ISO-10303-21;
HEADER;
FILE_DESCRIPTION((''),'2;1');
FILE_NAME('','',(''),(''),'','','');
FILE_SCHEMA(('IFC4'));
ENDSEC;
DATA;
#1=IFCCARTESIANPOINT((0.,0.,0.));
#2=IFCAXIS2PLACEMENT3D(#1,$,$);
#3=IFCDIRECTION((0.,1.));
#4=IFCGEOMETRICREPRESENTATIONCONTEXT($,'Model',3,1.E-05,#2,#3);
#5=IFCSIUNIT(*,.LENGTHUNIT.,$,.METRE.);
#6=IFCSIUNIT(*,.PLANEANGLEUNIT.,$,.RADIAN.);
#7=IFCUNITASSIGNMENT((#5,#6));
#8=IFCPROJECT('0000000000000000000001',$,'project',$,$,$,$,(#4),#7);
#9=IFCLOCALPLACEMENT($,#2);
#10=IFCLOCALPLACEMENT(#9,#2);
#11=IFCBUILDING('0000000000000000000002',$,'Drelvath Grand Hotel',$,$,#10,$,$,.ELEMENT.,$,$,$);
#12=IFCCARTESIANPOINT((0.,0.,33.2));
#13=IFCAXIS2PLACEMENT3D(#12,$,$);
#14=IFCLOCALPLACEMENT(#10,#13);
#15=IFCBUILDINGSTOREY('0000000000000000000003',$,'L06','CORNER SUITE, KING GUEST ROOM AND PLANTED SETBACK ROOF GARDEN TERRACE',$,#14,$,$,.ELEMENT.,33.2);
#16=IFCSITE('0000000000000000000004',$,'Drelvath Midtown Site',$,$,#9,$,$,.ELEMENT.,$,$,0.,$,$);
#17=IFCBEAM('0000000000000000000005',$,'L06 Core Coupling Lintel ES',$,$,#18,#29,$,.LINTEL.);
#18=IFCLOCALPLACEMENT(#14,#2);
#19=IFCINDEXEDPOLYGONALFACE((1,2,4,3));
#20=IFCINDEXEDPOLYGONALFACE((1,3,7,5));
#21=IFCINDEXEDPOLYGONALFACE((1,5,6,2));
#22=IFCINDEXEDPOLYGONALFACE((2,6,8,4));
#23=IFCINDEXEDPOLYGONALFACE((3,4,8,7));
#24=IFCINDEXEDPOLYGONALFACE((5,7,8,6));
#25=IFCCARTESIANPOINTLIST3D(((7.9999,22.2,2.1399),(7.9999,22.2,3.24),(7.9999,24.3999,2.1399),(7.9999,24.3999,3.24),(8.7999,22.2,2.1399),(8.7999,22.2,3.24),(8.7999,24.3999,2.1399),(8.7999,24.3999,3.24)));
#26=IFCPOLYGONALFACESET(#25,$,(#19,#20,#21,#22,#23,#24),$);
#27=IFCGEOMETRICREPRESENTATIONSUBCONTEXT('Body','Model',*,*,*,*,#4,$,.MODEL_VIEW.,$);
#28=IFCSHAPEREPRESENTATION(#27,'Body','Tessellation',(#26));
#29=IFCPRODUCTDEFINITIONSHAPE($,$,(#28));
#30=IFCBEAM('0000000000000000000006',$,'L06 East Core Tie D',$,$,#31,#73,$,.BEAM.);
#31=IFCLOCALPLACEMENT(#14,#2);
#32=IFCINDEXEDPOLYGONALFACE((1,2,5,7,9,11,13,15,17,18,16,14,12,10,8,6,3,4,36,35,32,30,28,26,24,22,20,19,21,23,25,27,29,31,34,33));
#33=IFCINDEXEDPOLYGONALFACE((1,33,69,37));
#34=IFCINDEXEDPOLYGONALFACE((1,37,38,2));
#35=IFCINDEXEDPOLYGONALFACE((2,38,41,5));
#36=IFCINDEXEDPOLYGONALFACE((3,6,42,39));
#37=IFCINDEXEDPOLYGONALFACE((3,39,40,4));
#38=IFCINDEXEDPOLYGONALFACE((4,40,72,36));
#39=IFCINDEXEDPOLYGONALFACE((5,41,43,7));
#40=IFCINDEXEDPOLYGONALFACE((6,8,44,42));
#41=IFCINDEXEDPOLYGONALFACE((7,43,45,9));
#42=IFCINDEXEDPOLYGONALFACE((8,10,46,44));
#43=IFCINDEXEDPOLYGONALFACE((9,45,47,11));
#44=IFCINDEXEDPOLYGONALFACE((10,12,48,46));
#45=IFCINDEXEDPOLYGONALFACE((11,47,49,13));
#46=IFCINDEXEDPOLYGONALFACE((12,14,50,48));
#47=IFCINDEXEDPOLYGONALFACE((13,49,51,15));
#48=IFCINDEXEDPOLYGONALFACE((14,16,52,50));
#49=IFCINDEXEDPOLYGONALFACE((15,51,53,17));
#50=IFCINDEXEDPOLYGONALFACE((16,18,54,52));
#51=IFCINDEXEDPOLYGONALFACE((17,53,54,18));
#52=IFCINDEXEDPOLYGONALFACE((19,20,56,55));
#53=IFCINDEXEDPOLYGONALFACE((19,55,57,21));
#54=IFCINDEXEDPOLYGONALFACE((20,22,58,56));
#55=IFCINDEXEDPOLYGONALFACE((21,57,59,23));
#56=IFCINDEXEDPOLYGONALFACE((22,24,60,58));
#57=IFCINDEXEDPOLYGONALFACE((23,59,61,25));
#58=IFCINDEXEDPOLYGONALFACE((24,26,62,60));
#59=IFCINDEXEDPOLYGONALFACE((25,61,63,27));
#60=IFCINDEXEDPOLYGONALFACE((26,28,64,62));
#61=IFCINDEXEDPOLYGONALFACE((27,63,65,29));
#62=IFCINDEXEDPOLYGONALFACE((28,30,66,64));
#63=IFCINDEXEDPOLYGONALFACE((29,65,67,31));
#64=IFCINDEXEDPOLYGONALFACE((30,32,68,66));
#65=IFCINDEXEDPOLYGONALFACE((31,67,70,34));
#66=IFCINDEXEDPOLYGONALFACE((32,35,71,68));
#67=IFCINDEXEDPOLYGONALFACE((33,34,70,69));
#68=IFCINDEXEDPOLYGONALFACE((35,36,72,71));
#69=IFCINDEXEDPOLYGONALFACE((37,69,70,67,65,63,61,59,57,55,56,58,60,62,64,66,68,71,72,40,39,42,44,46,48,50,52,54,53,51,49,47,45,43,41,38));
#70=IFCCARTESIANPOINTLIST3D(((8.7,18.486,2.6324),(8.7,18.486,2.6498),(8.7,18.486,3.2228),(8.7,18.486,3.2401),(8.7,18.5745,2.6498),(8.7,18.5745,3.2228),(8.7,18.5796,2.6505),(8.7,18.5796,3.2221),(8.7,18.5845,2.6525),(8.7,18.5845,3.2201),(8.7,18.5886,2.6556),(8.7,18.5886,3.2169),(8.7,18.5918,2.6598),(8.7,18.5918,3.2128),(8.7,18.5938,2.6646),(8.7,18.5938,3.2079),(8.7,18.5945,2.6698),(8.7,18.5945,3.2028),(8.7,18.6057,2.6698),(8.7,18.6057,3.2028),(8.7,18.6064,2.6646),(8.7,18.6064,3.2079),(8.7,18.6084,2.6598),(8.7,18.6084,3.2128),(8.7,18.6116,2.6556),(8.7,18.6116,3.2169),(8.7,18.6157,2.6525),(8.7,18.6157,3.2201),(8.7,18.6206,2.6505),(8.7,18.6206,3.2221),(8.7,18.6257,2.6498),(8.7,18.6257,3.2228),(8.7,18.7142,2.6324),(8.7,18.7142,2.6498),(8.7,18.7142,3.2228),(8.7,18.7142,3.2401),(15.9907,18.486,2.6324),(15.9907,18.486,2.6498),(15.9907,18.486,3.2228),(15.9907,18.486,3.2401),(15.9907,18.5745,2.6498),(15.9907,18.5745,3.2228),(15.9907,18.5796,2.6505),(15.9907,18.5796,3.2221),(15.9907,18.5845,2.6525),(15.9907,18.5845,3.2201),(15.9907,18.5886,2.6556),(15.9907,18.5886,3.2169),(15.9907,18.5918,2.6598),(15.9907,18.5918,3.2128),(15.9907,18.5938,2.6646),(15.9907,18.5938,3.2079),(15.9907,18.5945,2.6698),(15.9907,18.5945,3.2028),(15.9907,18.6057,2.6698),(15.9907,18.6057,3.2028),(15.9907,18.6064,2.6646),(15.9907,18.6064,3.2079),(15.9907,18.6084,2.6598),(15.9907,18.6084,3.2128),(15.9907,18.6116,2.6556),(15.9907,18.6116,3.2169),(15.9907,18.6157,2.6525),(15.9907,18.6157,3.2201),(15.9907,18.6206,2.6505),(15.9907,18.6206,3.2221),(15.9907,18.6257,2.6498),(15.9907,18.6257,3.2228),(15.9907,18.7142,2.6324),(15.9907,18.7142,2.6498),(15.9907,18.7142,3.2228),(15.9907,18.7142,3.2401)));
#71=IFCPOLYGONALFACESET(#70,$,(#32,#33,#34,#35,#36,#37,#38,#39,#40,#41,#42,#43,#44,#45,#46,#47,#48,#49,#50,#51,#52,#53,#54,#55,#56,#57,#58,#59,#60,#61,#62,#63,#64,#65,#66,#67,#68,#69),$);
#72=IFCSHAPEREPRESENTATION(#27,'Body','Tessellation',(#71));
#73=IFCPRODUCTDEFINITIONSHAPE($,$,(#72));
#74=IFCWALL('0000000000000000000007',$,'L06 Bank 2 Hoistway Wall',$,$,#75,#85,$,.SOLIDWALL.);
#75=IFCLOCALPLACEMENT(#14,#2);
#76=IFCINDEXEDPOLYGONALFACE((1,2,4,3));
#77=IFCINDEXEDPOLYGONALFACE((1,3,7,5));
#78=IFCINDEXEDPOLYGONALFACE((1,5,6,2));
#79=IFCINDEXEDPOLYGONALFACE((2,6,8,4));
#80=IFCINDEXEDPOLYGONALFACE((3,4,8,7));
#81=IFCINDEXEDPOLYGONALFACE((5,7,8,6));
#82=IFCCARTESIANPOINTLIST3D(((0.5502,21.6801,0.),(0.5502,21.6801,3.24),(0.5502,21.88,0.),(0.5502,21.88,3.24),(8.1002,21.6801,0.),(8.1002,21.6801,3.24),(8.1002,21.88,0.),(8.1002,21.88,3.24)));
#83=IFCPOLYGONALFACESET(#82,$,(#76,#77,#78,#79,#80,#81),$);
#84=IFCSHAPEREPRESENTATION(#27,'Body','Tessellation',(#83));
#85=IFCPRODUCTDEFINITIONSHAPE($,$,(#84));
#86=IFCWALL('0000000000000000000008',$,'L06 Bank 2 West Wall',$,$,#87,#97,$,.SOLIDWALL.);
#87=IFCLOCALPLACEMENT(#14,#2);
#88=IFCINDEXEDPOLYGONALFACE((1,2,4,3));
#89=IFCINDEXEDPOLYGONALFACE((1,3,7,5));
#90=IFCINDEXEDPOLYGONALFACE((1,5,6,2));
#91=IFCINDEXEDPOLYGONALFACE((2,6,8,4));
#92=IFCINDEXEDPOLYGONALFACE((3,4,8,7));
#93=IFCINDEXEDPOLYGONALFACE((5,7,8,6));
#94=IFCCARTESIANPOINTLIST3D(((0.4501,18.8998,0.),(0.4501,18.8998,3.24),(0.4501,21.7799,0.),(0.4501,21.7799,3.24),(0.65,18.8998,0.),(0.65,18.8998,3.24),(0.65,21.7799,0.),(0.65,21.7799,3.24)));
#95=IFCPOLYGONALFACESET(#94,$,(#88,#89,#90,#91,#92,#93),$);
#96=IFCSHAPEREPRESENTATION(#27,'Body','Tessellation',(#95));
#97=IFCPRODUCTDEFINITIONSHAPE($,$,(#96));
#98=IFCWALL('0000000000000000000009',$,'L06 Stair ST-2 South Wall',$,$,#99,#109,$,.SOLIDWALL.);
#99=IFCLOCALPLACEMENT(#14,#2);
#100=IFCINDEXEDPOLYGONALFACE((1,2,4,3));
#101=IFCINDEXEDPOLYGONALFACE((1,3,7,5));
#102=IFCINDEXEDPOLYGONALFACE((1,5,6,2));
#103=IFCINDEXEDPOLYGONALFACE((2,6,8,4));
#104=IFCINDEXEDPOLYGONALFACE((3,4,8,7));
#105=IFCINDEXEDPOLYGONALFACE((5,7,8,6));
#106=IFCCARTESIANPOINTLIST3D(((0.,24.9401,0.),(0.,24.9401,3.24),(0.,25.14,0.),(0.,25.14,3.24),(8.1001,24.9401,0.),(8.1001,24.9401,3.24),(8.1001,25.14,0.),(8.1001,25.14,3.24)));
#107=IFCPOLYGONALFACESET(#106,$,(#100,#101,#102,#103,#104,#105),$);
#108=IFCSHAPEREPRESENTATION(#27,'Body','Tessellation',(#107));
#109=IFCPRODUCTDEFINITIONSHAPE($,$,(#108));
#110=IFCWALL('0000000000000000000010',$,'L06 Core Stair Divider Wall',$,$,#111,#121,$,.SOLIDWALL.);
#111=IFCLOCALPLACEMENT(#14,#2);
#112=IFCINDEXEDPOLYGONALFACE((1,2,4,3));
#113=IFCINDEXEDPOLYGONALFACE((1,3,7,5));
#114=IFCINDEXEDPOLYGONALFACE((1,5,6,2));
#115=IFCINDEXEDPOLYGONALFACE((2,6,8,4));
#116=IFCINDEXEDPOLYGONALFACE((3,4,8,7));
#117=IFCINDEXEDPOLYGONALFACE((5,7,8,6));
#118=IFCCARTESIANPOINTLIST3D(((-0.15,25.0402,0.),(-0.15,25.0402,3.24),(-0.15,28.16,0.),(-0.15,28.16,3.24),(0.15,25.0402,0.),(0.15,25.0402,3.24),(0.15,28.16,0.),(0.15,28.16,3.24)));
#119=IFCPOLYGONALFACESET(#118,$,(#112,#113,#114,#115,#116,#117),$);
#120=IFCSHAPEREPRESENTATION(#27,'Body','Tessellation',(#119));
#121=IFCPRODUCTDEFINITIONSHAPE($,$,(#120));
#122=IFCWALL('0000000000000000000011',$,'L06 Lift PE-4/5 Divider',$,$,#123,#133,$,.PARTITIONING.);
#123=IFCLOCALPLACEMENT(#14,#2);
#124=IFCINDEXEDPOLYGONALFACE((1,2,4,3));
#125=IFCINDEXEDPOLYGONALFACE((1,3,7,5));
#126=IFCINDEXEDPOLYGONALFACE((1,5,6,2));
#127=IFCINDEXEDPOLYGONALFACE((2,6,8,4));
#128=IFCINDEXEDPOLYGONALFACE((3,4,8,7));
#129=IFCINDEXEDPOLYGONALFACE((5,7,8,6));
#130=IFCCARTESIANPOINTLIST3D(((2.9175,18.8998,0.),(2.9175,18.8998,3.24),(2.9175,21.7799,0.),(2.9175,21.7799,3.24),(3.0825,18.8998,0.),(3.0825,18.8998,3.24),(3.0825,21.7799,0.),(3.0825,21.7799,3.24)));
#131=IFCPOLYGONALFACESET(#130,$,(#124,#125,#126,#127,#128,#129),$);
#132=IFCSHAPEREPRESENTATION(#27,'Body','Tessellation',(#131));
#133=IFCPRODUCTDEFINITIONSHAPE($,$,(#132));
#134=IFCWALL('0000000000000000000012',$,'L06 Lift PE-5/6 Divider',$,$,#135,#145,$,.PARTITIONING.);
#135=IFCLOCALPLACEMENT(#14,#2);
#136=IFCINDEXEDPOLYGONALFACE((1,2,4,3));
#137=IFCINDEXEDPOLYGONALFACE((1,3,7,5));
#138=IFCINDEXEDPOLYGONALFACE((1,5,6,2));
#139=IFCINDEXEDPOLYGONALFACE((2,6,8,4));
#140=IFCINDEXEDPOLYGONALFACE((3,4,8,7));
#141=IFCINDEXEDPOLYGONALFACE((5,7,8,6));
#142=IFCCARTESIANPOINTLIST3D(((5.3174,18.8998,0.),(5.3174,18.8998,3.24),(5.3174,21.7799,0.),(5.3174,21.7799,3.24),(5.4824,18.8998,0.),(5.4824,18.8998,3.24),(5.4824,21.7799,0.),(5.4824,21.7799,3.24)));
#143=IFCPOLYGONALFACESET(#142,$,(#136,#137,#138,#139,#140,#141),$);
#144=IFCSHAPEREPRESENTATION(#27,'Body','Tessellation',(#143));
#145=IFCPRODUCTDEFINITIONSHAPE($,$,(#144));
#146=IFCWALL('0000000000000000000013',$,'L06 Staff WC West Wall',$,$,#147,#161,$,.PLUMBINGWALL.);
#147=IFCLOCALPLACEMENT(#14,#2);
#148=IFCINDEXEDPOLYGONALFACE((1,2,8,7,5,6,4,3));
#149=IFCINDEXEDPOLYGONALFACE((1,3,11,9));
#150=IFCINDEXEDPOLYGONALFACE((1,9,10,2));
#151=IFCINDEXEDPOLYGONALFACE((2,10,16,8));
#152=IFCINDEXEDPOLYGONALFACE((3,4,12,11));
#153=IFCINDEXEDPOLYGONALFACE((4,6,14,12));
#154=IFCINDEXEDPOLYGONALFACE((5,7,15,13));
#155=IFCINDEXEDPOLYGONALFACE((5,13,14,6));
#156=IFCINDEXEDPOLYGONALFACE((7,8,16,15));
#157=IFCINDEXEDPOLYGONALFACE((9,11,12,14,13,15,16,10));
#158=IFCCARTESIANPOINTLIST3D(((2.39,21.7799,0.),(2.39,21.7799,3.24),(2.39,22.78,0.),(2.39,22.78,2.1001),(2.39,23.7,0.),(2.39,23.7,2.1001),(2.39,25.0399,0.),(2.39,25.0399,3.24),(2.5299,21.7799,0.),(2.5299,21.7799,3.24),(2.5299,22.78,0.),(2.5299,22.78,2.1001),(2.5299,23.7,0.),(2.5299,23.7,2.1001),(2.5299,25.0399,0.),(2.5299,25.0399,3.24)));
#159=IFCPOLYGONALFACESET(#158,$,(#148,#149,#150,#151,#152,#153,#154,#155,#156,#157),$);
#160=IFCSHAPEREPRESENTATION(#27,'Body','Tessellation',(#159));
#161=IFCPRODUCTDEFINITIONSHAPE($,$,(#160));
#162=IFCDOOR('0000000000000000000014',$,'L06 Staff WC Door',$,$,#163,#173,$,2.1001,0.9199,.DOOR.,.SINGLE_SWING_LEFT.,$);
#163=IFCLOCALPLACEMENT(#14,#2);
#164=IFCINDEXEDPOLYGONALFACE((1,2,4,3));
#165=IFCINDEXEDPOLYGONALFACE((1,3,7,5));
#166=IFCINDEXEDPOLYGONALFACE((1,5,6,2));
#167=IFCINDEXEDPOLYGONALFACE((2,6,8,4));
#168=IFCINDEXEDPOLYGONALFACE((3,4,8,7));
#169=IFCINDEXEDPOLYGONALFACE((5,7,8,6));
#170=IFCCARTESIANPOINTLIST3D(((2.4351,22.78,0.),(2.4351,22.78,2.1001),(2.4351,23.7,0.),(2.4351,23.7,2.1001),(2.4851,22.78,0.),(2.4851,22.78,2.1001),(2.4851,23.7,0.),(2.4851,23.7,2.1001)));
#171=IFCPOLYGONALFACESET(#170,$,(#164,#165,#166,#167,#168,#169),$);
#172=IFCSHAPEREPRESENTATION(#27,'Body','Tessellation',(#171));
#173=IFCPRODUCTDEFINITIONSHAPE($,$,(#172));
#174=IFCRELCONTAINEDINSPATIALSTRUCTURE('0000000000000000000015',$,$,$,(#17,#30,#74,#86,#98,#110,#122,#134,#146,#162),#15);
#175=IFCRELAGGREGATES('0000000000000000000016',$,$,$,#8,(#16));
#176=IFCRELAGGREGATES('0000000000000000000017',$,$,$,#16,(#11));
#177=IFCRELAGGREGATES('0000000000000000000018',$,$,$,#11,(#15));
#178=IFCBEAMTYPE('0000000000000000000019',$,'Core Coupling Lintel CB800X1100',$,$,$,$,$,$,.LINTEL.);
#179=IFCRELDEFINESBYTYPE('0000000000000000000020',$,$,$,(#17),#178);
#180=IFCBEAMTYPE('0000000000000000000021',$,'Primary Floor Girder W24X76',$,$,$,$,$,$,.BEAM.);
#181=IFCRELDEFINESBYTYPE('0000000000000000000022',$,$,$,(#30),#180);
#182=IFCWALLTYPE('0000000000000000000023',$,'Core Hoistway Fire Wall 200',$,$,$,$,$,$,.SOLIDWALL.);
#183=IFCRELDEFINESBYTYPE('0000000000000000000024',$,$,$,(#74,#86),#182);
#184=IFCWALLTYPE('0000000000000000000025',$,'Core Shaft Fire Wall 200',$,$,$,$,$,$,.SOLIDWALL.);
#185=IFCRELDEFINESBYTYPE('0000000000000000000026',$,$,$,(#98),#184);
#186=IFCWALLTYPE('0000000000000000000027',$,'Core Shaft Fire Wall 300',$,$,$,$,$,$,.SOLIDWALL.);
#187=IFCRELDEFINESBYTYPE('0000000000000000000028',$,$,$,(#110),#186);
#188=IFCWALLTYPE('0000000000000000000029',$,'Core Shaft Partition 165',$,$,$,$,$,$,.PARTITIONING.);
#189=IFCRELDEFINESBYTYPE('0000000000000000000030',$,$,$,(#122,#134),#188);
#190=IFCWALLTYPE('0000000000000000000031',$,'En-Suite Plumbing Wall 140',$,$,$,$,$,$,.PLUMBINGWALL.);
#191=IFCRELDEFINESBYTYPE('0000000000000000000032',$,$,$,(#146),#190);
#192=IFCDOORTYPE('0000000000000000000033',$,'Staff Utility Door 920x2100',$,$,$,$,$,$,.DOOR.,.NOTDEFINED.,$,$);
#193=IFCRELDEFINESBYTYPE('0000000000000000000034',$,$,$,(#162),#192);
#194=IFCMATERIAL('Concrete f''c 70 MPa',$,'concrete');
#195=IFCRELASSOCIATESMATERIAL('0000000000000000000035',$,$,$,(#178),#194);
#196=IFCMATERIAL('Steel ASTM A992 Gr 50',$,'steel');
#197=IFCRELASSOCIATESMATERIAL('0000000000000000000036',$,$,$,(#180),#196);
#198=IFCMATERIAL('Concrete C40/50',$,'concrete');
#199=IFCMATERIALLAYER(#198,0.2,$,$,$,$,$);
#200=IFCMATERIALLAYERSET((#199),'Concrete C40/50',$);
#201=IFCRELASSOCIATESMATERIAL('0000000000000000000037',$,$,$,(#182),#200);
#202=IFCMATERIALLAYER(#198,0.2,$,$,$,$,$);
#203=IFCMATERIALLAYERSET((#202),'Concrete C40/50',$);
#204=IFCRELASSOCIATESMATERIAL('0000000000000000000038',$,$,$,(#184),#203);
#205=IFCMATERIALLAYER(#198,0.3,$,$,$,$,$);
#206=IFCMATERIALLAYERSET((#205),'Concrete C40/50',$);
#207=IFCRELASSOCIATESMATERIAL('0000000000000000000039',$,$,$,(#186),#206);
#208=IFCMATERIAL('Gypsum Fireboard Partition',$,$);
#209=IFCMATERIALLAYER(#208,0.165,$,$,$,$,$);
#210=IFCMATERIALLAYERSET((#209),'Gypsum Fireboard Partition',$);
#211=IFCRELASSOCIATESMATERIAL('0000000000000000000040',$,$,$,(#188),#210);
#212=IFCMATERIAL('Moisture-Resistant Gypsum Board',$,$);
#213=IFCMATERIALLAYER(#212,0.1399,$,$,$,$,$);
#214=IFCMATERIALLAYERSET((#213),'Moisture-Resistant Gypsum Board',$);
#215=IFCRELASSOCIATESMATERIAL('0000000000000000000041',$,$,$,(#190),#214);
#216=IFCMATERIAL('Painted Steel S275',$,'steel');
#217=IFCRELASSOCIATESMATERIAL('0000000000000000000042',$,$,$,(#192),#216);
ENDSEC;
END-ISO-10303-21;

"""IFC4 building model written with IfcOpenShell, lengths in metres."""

from ifc_helpers import new_model, si_unit, direction, frame, frame_2d, origin, origin_2d, place, context, subcontext, project, spatial, rectangle, i_section, extrude, material, layer, layer_set, material_profile, profile_set, type_object, element, fill, save


model = new_model("IFC4")

# Units and contexts
model_context = context("Model", 3, precision=1e-05, world=origin(), true_north=direction((0.0, 1.0)))
body_context = subcontext(model_context, "Body", "Model", "MODEL_VIEW")
ifc_project = project(units=[si_unit("LENGTHUNIT", "METRE"), si_unit("PLANEANGLEUNIT", "RADIAN")], contexts=[model_context])

# Site, building, storey
site_placement = place(None, origin())
site = spatial("IfcSite", under=ifc_project, at=site_placement, Name="Drelvath Midtown Site", CompositionType="ELEMENT", RefElevation=0.0)
building_placement = place(site_placement, origin())
building = spatial("IfcBuilding", under=site, at=building_placement, Name="Drelvath Grand Hotel", CompositionType="ELEMENT")
storey_placement = place(building_placement, frame((0.0, 0.0, 33.2)))
storey = spatial("IfcBuildingStorey", under=building, at=storey_placement, Name="L06", Description="CORNER SUITE, KING GUEST ROOM AND PLANTED SETBACK ROOF GARDEN TERRACE", CompositionType="ELEMENT", Elevation=33.2)

# Beams
ifc_material_1 = material(Name="Concrete f'c 70 MPa", Category="concrete")
ifc_material_profile_1 = material_profile(ifc_material_1, rectangle(XDim=0.8, YDim=1.1001, at=origin_2d()), Name="CB800X1100")
ifc_profile_set_1 = profile_set([ifc_material_profile_1], Name="Concrete f'c 70 MPa")
beam_type_1 = type_object("IfcBeamType", Name="Core Coupling Lintel CB800X1100", PredefinedType="LINTEL", material=ifc_profile_set_1)
beam_1_placement = place(storey_placement, frame((8.3999, 22.2, 2.6899), z_axis=(0.0, 1.0, 0.0), x_axis=(-1.0, 0.0, 0.0)))
element("IfcBeam", 1, at=beam_1_placement, inside=storey, type_object=beam_type_1, Name="L06 Core Coupling Lintel ES", PredefinedType="LINTEL", context=body_context, shape_type="SweptSolid", body=[
    extrude(rectangle(XDim=0.8, YDim=1.1001, at=origin_2d()), origin(), (0.0, 0.0, 1.0), 2.2),
])
ifc_material_2 = material(Name="Steel ASTM A992 Gr 50", Category="steel")
ifc_material_profile_2 = material_profile(ifc_material_2, i_section(OverallWidth=0.2283, OverallDepth=0.6077, WebThickness=0.0112, FlangeThickness=0.0173, FilletRadius=0.02, at=origin_2d()), Name="W24X76")
ifc_profile_set_2 = profile_set([ifc_material_profile_2], Name="Steel ASTM A992 Gr 50")
beam_type_2 = type_object("IfcBeamType", Name="Primary Floor Girder W24X76", PredefinedType="BEAM", material=ifc_profile_set_2)
beam_2_placement = place(storey_placement, frame((8.7, 18.6001, 2.9363), z_axis=(1.0, 0.0, 0.0), x_axis=(0.0, 1.0, 0.0)))
element("IfcBeam", 2, at=beam_2_placement, inside=storey, type_object=beam_type_2, Name="L06 East Core Tie D", PredefinedType="BEAM", context=body_context, shape_type="SweptSolid", body=[
    extrude(i_section(OverallWidth=0.2283, OverallDepth=0.6077, WebThickness=0.0112, FlangeThickness=0.0173, FilletRadius=0.02, at=origin_2d()), origin(), (0.0, 0.0, 1.0), 7.2908),
])

# Walls
ifc_material_3 = material(Name="Concrete C40/50", Category="concrete")
ifc_layer_1 = layer(ifc_material_3, 0.2)
ifc_layer_set_1 = layer_set([ifc_layer_1], Name="Concrete C40/50")
wall_type_1 = type_object("IfcWallType", Name="Core Hoistway Fire Wall 200", PredefinedType="SOLIDWALL", material=ifc_layer_set_1)
wall_1_placement = place(storey_placement, frame((8.1001, 21.78, 0.0), z_axis=(0.0, 0.0, 1.0), x_axis=(-1.0, 0.0, 0.0)))
element("IfcWall", 3, at=wall_1_placement, inside=storey, type_object=wall_type_1, Name="L06 Bank 2 Hoistway Wall", PredefinedType="SOLIDWALL", context=body_context, shape_type="SweptSolid", body=[
    extrude(rectangle(XDim=7.55, YDim=0.2, at=frame_2d((3.7749, 0.0))), origin(), (0.0, 0.0, 1.0), 3.24),
])
wall_2_placement = place(storey_placement, frame((0.55, 18.8999, 0.0), z_axis=(0.0, 0.0, 1.0), x_axis=(0.0, 1.0, 0.0)))
element("IfcWall", 4, at=wall_2_placement, inside=storey, type_object=wall_type_1, Name="L06 Bank 2 West Wall", PredefinedType="SOLIDWALL", context=body_context, shape_type="SweptSolid", body=[
    extrude(rectangle(XDim=2.8801, YDim=0.2, at=frame_2d((1.4399, 0.0))), origin(), (0.0, 0.0, 1.0), 3.24),
])
ifc_layer_2 = layer(ifc_material_3, 0.2)
ifc_layer_set_2 = layer_set([ifc_layer_2], Name="Concrete C40/50")
wall_type_2 = type_object("IfcWallType", Name="Core Shaft Fire Wall 200", PredefinedType="SOLIDWALL", material=ifc_layer_set_2)
wall_3_placement = place(storey_placement, frame((0.0, 25.04, 0.0), z_axis=(0.0, 0.0, 1.0), x_axis=(1.0, 0.0, 0.0)))
element("IfcWall", 5, at=wall_3_placement, inside=storey, type_object=wall_type_2, Name="L06 Stair ST-2 South Wall", PredefinedType="SOLIDWALL", context=body_context, shape_type="SweptSolid", body=[
    extrude(rectangle(XDim=8.1001, YDim=0.2, at=frame_2d((4.05, 0.0))), origin(), (0.0, 0.0, 1.0), 3.24),
])
ifc_layer_3 = layer(ifc_material_3, 0.3)
ifc_layer_set_3 = layer_set([ifc_layer_3], Name="Concrete C40/50")
wall_type_3 = type_object("IfcWallType", Name="Core Shaft Fire Wall 300", PredefinedType="SOLIDWALL", material=ifc_layer_set_3)
wall_4_placement = place(storey_placement, frame((0.0, 25.04, 0.0), z_axis=(0.0, 0.0, 1.0), x_axis=(0.0, 1.0, 0.0)))
element("IfcWall", 6, at=wall_4_placement, inside=storey, type_object=wall_type_3, Name="L06 Core Stair Divider Wall", PredefinedType="SOLIDWALL", context=body_context, shape_type="SweptSolid", body=[
    extrude(rectangle(XDim=3.1199, YDim=0.3, at=frame_2d((1.5601, 0.0))), origin(), (0.0, 0.0, 1.0), 3.24),
])
ifc_material_4 = material(Name="Gypsum Fireboard Partition")
ifc_layer_4 = layer(ifc_material_4, 0.165)
ifc_layer_set_4 = layer_set([ifc_layer_4], Name="Gypsum Fireboard Partition")
wall_type_4 = type_object("IfcWallType", Name="Core Shaft Partition 165", PredefinedType="PARTITIONING", material=ifc_layer_set_4)
for number, where, z_axis, x_axis, name in (
    (7, (3.0, 18.8999, 0.0), (0.0, 0.0, 1.0), (0.0, 1.0, 0.0), "L06 Lift PE-4/5 Divider"),
    (8, (5.3999, 18.8999, 0.0), (0.0, 0.0, 1.0), (0.0, 1.0, 0.0), "L06 Lift PE-5/6 Divider"),
):
    element("IfcWall", number, at=place(storey_placement, frame(where, z_axis=z_axis, x_axis=x_axis)), inside=storey, type_object=wall_type_4, Name=name, PredefinedType="PARTITIONING", context=body_context, shape_type="SweptSolid", body=[
        extrude(rectangle(XDim=2.8801, YDim=0.165, at=frame_2d((1.4399, 0.0))), origin(), (0.0, 0.0, 1.0), 3.24),
    ])

# Wall, opening, door
ifc_material_5 = material(Name="Moisture-Resistant Gypsum Board")
ifc_layer_5 = layer(ifc_material_5, 0.1399)
ifc_layer_set_5 = layer_set([ifc_layer_5], Name="Moisture-Resistant Gypsum Board")
wall_type_5 = type_object("IfcWallType", Name="En-Suite Plumbing Wall 140", PredefinedType="PLUMBINGWALL", material=ifc_layer_set_5)
wall_5_placement = place(storey_placement, frame((2.46, 21.78, 0.0), z_axis=(0.0, 0.0, 1.0), x_axis=(0.0, 1.0, 0.0)))
wall_5 = element("IfcWall", 9, at=wall_5_placement, inside=storey, type_object=wall_type_5, Name="L06 Staff WC West Wall", PredefinedType="PLUMBINGWALL", context=body_context, shape_type="SweptSolid", body=[
    extrude(rectangle(XDim=3.26, YDim=0.1399, at=frame_2d((1.6299, 0.0))), origin(), (0.0, 0.0, 1.0), 3.24),
])
opening_1_placement = place(wall_5_placement, frame((1.0, 0.0, 0.0)))
opening_1 = element("IfcOpeningElement", 10, at=opening_1_placement, cuts=wall_5, PredefinedType="OPENING", context=body_context, shape_type="SweptSolid", body=[
    extrude(rectangle(XDim=0.9199, YDim=2.1001, at=frame_2d((0.46, 1.05))), frame((0.0, 0.0798, 0.0), z_axis=(0.0, -1.0, 0.0), x_axis=(1.0, 0.0, 0.0)), (0.0, 0.0, 1.0), 0.1599),
])
ifc_material_6 = material(Name="Painted Steel S275", Category="steel")
door_type = type_object("IfcDoorType", Name="Staff Utility Door 920x2100", OperationType="NOTDEFINED", PredefinedType="DOOR", material=ifc_material_6)
door_1_placement = place(opening_1_placement, origin())
door_1 = element("IfcDoor", 11, at=door_1_placement, inside=storey, type_object=door_type, Name="L06 Staff WC Door", OperationType="SINGLE_SWING_LEFT", OverallHeight=2.1001, OverallWidth=0.9199, PredefinedType="DOOR", context=body_context, shape_type="SweptSolid", body=[
    extrude(rectangle(XDim=0.9199, YDim=2.1001, at=frame_2d((0.46, 1.05))), frame((0.0, 0.0249, 0.0), z_axis=(0.0, -1.0, 0.0), x_axis=(1.0, 0.0, 0.0)), (0.0, 0.0, 1.0), 0.05),
])
fill(opening_1, door_1)

save(model, "model.ifc")
